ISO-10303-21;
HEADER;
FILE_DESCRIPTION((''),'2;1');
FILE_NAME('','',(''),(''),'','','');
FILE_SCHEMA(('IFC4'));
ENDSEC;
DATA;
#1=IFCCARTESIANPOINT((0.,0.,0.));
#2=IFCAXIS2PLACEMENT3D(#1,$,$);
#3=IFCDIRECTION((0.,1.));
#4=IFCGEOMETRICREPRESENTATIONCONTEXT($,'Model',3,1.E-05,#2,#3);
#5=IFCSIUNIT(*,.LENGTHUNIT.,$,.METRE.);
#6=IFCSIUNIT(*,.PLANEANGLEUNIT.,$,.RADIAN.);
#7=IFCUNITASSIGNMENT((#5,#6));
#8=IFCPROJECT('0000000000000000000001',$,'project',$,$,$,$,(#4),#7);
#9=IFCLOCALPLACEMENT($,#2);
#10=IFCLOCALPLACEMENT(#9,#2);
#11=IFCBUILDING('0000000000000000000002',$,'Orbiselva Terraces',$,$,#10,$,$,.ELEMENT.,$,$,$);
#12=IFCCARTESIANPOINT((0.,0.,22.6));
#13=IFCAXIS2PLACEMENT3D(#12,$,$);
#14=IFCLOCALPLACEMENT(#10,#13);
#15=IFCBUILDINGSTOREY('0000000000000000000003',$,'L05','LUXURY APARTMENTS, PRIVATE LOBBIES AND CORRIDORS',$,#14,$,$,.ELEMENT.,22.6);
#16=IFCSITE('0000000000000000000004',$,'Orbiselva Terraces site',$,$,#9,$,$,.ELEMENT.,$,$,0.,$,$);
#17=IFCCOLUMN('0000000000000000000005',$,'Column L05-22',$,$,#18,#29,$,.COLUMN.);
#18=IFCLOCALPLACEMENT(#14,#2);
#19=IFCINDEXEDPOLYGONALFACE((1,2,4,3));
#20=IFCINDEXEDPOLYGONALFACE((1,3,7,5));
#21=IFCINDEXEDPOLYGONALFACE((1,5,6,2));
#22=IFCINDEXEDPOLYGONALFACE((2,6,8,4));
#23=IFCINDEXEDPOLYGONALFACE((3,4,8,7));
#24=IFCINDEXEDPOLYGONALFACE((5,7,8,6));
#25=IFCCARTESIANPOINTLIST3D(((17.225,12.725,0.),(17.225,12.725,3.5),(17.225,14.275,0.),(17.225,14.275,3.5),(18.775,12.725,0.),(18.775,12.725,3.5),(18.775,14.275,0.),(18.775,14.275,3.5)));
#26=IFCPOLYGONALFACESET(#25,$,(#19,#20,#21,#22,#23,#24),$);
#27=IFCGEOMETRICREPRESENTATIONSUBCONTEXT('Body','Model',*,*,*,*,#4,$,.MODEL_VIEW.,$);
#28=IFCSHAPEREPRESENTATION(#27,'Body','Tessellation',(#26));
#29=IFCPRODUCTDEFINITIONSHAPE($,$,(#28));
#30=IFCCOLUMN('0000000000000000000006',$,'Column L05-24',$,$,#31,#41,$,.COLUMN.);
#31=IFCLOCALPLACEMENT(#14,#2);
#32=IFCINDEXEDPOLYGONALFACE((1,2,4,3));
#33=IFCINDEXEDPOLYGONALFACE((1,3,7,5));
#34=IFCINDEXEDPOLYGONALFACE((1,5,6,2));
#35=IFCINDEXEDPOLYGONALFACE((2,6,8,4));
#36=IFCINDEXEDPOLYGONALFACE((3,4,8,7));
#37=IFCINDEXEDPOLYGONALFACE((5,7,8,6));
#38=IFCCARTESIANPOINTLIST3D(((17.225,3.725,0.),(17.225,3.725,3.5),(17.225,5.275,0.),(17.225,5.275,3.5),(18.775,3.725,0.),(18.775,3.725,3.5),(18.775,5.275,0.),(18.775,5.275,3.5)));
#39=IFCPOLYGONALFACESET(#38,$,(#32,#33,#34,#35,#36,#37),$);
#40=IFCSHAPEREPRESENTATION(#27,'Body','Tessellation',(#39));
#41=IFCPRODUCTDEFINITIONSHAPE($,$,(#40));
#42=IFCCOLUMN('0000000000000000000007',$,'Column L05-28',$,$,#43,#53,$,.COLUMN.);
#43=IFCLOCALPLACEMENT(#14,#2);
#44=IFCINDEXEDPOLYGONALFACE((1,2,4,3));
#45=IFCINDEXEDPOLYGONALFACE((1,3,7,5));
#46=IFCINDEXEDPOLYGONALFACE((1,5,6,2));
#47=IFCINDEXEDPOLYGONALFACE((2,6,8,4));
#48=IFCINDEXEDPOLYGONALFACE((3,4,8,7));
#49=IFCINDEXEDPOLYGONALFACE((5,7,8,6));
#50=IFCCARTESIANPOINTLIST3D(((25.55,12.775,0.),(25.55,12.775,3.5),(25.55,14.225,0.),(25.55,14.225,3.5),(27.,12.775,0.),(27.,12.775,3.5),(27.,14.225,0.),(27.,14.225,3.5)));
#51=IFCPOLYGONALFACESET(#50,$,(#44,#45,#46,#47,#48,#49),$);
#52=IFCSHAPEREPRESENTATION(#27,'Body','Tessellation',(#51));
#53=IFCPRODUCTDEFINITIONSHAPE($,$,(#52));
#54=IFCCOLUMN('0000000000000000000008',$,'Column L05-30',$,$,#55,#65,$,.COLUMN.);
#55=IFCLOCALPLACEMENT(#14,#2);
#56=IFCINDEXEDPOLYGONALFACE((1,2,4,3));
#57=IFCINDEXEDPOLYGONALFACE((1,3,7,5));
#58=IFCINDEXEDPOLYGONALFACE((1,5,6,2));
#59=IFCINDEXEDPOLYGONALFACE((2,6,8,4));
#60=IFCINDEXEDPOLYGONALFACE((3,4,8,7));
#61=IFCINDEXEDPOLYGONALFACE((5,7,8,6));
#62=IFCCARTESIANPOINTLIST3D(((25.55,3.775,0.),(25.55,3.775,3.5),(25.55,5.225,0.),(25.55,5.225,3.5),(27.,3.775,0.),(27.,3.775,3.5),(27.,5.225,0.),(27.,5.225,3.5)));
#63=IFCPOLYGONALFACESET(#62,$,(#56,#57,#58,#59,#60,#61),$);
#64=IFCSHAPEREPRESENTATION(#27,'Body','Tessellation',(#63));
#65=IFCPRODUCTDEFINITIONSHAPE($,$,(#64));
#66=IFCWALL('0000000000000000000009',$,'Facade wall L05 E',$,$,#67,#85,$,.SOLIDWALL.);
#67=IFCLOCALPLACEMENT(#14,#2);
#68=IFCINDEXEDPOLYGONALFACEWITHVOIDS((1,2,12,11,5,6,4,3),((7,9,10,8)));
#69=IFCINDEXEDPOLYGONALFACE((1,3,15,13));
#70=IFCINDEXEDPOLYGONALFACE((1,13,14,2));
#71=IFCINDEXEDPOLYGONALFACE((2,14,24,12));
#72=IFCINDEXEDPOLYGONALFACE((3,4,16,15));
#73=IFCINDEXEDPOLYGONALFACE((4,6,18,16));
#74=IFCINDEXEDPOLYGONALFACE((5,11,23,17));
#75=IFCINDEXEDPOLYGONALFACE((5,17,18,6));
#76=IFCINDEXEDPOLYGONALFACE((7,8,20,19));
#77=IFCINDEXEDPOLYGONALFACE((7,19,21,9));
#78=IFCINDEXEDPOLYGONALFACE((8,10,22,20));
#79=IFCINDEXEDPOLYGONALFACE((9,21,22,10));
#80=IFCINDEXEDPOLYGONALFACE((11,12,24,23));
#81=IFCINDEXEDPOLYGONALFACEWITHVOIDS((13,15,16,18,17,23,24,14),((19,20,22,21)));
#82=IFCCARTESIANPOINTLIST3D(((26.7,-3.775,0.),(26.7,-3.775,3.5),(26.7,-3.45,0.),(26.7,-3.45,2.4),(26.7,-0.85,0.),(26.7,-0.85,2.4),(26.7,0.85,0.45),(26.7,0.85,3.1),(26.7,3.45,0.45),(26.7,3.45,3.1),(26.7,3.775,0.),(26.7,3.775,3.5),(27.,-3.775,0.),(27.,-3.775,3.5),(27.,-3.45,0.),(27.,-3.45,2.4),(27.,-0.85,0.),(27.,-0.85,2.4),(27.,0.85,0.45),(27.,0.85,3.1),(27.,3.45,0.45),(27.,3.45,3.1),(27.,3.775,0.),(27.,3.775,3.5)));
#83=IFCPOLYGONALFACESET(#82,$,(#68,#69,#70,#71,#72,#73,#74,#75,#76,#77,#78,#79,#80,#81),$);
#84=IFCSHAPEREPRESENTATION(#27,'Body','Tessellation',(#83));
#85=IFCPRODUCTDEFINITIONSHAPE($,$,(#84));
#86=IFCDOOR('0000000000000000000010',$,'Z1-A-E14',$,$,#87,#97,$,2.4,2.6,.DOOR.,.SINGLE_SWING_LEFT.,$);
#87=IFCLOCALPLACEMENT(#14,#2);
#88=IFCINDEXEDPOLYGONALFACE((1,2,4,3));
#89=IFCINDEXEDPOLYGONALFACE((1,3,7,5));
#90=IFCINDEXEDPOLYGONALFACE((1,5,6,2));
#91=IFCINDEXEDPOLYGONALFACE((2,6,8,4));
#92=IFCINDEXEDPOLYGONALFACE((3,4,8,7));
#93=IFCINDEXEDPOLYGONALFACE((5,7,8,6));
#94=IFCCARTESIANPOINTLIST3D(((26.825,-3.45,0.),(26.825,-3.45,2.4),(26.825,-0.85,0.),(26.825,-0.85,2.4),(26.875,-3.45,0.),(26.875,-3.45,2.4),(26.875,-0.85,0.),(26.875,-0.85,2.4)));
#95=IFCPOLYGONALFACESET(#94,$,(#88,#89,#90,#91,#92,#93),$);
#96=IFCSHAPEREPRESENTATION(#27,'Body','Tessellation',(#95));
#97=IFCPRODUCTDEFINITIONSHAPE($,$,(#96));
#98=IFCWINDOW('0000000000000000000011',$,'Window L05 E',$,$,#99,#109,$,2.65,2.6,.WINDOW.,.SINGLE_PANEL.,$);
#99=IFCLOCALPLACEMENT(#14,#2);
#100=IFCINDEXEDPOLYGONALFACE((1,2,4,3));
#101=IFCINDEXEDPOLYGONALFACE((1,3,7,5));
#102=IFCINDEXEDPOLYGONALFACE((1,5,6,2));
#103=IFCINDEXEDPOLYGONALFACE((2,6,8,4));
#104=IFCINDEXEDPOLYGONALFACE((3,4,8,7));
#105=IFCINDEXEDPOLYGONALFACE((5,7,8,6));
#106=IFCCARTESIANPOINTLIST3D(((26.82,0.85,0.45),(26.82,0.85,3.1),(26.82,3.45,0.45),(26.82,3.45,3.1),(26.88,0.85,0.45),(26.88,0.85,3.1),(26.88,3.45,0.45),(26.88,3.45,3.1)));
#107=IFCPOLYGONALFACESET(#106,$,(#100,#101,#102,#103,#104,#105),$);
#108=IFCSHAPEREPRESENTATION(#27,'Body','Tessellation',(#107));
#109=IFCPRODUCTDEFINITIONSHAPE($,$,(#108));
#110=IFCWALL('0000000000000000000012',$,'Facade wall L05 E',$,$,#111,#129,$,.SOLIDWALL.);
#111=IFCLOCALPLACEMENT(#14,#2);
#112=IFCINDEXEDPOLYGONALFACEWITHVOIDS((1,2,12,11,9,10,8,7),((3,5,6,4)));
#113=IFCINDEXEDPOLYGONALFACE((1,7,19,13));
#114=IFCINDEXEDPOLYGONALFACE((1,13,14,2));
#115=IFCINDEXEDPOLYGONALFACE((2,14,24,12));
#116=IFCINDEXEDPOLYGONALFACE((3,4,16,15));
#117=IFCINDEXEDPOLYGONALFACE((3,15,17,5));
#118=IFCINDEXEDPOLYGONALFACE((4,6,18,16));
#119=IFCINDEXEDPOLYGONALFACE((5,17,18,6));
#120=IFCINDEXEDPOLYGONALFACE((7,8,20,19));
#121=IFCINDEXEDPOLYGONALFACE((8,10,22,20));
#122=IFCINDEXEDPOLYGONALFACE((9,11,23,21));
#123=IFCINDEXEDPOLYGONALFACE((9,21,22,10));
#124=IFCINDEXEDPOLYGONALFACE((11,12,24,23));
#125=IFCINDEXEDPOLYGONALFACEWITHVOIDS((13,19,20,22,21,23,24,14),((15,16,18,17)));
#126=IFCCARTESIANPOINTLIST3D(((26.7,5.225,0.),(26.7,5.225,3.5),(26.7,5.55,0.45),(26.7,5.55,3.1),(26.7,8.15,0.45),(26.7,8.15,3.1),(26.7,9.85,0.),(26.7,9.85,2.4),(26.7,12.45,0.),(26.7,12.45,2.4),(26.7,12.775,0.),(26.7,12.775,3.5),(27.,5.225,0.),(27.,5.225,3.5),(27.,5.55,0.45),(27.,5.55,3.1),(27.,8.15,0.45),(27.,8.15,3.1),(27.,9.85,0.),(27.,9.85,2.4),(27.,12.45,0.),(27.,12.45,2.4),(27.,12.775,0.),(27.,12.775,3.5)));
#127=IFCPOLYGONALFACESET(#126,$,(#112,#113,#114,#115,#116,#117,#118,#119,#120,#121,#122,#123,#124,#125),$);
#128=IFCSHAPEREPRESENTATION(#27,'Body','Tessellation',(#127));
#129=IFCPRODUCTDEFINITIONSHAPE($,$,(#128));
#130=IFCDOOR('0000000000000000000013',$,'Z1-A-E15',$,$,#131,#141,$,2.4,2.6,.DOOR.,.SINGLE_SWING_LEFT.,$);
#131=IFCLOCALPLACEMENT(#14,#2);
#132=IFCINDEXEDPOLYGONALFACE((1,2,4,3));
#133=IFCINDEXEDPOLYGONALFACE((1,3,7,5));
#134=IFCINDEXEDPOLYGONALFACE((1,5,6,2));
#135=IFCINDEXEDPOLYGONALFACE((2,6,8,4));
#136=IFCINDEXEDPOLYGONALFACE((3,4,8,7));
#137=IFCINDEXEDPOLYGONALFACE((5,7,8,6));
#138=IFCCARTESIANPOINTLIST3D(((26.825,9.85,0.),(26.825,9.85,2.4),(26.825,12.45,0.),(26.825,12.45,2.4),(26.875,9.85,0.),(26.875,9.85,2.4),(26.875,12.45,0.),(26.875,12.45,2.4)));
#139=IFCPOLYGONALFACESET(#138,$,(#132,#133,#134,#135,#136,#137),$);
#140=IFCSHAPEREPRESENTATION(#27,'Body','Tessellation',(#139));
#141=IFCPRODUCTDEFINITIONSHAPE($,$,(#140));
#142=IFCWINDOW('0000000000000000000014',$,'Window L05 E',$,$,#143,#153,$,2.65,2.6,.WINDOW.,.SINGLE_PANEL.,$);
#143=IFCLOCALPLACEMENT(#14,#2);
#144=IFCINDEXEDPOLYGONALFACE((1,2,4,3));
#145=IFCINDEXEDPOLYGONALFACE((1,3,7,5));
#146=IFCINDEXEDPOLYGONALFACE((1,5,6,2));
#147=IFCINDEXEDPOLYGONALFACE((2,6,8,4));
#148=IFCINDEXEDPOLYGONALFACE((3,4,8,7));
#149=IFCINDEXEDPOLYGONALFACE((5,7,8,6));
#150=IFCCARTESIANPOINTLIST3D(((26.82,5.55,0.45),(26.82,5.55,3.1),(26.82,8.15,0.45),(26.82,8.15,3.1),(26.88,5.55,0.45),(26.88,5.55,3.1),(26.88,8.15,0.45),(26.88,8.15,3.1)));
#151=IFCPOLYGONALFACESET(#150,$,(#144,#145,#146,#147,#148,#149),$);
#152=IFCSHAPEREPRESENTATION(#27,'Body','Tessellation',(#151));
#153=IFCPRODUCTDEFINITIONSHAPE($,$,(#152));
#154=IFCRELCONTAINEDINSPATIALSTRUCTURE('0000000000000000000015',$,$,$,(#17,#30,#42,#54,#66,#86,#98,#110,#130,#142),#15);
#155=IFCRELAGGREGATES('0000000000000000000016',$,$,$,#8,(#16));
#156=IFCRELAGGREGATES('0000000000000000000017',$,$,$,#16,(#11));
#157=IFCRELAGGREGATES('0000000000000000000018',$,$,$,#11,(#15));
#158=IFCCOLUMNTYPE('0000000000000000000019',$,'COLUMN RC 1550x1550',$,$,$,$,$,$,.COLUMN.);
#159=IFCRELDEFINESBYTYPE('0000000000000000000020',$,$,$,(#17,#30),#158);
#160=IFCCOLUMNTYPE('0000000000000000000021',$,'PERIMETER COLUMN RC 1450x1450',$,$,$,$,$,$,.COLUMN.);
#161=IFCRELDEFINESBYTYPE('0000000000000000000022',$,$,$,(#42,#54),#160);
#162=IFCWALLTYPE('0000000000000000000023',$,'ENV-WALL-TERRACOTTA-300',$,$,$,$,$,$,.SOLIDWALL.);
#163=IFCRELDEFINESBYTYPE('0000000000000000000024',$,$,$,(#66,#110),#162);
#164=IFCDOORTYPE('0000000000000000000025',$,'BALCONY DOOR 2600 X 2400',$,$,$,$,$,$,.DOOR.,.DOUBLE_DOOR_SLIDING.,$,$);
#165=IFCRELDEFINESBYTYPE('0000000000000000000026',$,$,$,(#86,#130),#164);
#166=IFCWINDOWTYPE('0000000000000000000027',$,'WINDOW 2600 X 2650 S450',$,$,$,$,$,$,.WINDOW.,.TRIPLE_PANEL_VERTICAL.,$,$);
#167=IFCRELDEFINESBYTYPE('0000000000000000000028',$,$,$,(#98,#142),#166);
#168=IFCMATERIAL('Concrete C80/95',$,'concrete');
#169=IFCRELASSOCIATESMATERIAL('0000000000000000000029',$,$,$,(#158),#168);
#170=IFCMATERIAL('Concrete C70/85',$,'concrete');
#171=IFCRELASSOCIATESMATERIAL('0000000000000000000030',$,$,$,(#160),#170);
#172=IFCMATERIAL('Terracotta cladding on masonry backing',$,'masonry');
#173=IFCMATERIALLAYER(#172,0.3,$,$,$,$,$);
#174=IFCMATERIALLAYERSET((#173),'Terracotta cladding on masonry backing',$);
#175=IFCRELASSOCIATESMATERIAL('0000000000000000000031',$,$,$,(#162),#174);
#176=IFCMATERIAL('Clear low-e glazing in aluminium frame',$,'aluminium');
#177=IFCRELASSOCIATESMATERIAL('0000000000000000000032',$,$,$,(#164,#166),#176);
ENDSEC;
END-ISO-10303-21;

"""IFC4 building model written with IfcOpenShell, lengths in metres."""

from ifc_helpers import new_model, si_unit, direction, frame, frame_2d, origin, origin_2d, place, context, subcontext, project, spatial, rectangle, extrude, material, layer, layer_set, material_profile, profile_set, type_object, element, fill, save


model = new_model("IFC4")

# Units and contexts
model_context = context("Model", 3, precision=1e-05, world=origin(), true_north=direction((0.0, 1.0)))
body_context = subcontext(model_context, "Body", "Model", "MODEL_VIEW")
ifc_project = project(units=[si_unit("LENGTHUNIT", "METRE"), si_unit("PLANEANGLEUNIT", "RADIAN")], contexts=[model_context])

# Site, building, storey
site_placement = place(None, origin())
site = spatial("IfcSite", under=ifc_project, at=site_placement, Name="Orbiselva Terraces site", CompositionType="ELEMENT", RefElevation=0.0)
building_placement = place(site_placement, origin())
building = spatial("IfcBuilding", under=site, at=building_placement, Name="Orbiselva Terraces", CompositionType="ELEMENT")
storey_placement = place(building_placement, frame((0.0, 0.0, 22.6)))
storey = spatial("IfcBuildingStorey", under=building, at=storey_placement, Name="L05", Description="LUXURY APARTMENTS, PRIVATE LOBBIES AND CORRIDORS", CompositionType="ELEMENT", Elevation=22.6)

# Columns
ifc_material_1 = material(Name="Concrete C80/95", Category="concrete")
ifc_material_profile_1 = material_profile(ifc_material_1, rectangle(XDim=1.55, YDim=1.55, at=origin_2d()), Name="RC 1550x1550")
ifc_profile_set_1 = profile_set([ifc_material_profile_1], Name="Concrete C80/95")
column_type_1 = type_object("IfcColumnType", Name="COLUMN RC 1550x1550", PredefinedType="COLUMN", material=ifc_profile_set_1)
for number, where, z_axis, x_axis, name in (
    (1, (18.0, 13.5, 0.0), (0.0, 0.0, 1.0), (1.0, 0.0, 0.0), "Column L05-22"),
    (2, (18.0, 4.5, 0.0), (0.0, 0.0, 1.0), (1.0, 0.0, 0.0), "Column L05-24"),
):
    element("IfcColumn", number, at=place(storey_placement, frame(where, z_axis=z_axis, x_axis=x_axis)), inside=storey, type_object=column_type_1, Name=name, PredefinedType="COLUMN", context=body_context, shape_type="SweptSolid", body=[
        extrude(rectangle(XDim=1.55, YDim=1.55, at=origin_2d()), origin(), (0.0, 0.0, 1.0), 3.5),
    ])
ifc_material_2 = material(Name="Concrete C70/85", Category="concrete")
ifc_material_profile_2 = material_profile(ifc_material_2, rectangle(XDim=1.45, YDim=1.45, at=origin_2d()), Name="RC 1450x1450")
ifc_profile_set_2 = profile_set([ifc_material_profile_2], Name="Concrete C70/85")
column_type_2 = type_object("IfcColumnType", Name="PERIMETER COLUMN RC 1450x1450", PredefinedType="COLUMN", material=ifc_profile_set_2)
for number, where, z_axis, x_axis, name in (
    (3, (26.275, 13.5, 0.0), (0.0, 0.0, 1.0), (1.0, 0.0, 0.0), "Column L05-28"),
    (4, (26.275, 4.5, 0.0), (0.0, 0.0, 1.0), (1.0, 0.0, 0.0), "Column L05-30"),
):
    element("IfcColumn", number, at=place(storey_placement, frame(where, z_axis=z_axis, x_axis=x_axis)), inside=storey, type_object=column_type_2, Name=name, PredefinedType="COLUMN", context=body_context, shape_type="SweptSolid", body=[
        extrude(rectangle(XDim=1.45, YDim=1.45, at=origin_2d()), origin(), (0.0, 0.0, 1.0), 3.5),
    ])

# Walls, openings, doors, windows
ifc_material_3 = material(Name="Terracotta cladding on masonry backing", Category="masonry")
ifc_layer_1 = layer(ifc_material_3, 0.3)
ifc_layer_set_1 = layer_set([ifc_layer_1], Name="Terracotta cladding on masonry backing")
wall_type_1 = type_object("IfcWallType", Name="ENV-WALL-TERRACOTTA-300", PredefinedType="SOLIDWALL", material=ifc_layer_set_1)
wall_1_placement = place(storey_placement, frame((26.85, 3.775, 0.0), z_axis=(0.0, 0.0, 1.0), x_axis=(0.0, -1.0, 0.0)))
wall_1 = element("IfcWall", 5, at=wall_1_placement, inside=storey, type_object=wall_type_1, Name="Facade wall L05 E", PredefinedType="SOLIDWALL", context=body_context, shape_type="SweptSolid", body=[
    extrude(rectangle(XDim=7.55, YDim=0.3, at=frame_2d((3.775, 0.0))), origin(), (0.0, 0.0, 1.0), 3.5),
])
opening_1_placement = place(wall_1_placement, frame((4.625, 0.0, 0.0)))
opening_1 = element("IfcOpeningElement", 6, at=opening_1_placement, cuts=wall_1, PredefinedType="OPENING", context=body_context, shape_type="SweptSolid", body=[
    extrude(rectangle(XDim=2.6, YDim=2.4, at=frame_2d((1.3, 1.2))), frame((0.0, 0.16, 0.0), z_axis=(0.0, -1.0, 0.0), x_axis=(1.0, 0.0, 0.0)), (0.0, 0.0, 1.0), 0.32),
])
opening_2_placement = place(wall_1_placement, frame((0.325, 0.0, 0.45)))
opening_2 = element("IfcOpeningElement", 7, at=opening_2_placement, cuts=wall_1, PredefinedType="OPENING", context=body_context, shape_type="SweptSolid", body=[
    extrude(rectangle(XDim=2.6, YDim=2.65, at=frame_2d((1.3, 1.325))), frame((0.0, 0.16, 0.0), z_axis=(0.0, -1.0, 0.0), x_axis=(1.0, 0.0, 0.0)), (0.0, 0.0, 1.0), 0.32),
])
ifc_material_4 = material(Name="Clear low-e glazing in aluminium frame", Category="aluminium")
door_type_1 = type_object("IfcDoorType", Name="BALCONY DOOR 2600 X 2400", OperationType="DOUBLE_DOOR_SLIDING", PredefinedType="DOOR", material=ifc_material_4)
door_1_placement = place(opening_1_placement, origin())
door_1 = element("IfcDoor", 8, at=door_1_placement, inside=storey, type_object=door_type_1, Name="Z1-A-E14", OperationType="SINGLE_SWING_LEFT", OverallHeight=2.4, OverallWidth=2.6, PredefinedType="DOOR", context=body_context, shape_type="SweptSolid", body=[
    extrude(rectangle(XDim=2.6, YDim=2.4, at=frame_2d((1.3, 1.2))), frame((0.0, 0.025, 0.0), z_axis=(0.0, -1.0, 0.0), x_axis=(1.0, 0.0, 0.0)), (0.0, 0.0, 1.0), 0.05),
])
fill(opening_1, door_1)
window_type = type_object("IfcWindowType", Name="WINDOW 2600 X 2650 S450", PartitioningType="TRIPLE_PANEL_VERTICAL", PredefinedType="WINDOW", material=ifc_material_4)
window_1_placement = place(opening_2_placement, origin())
window_1 = element("IfcWindow", 9, at=window_1_placement, inside=storey, type_object=window_type, Name="Window L05 E", OverallHeight=2.65, OverallWidth=2.6, PartitioningType="SINGLE_PANEL", PredefinedType="WINDOW", context=body_context, shape_type="SweptSolid", body=[
    extrude(rectangle(XDim=2.6, YDim=2.65, at=frame_2d((1.3, 1.325))), frame((0.0, 0.03, 0.0), z_axis=(0.0, -1.0, 0.0), x_axis=(1.0, 0.0, 0.0)), (0.0, 0.0, 1.0), 0.06),
])
fill(opening_2, window_1)
wall_2_placement = place(storey_placement, frame((26.85, 12.775, 0.0), z_axis=(0.0, 0.0, 1.0), x_axis=(0.0, -1.0, 0.0)))
wall_2 = element("IfcWall", 10, at=wall_2_placement, inside=storey, type_object=wall_type_1, Name="Facade wall L05 E", PredefinedType="SOLIDWALL", context=body_context, shape_type="SweptSolid", body=[
    extrude(rectangle(XDim=7.55, YDim=0.3, at=frame_2d((3.775, 0.0))), origin(), (0.0, 0.0, 1.0), 3.5),
])
opening_3_placement = place(wall_2_placement, frame((4.625, 0.0, 0.45)))
opening_3 = element("IfcOpeningElement", 11, at=opening_3_placement, cuts=wall_2, PredefinedType="OPENING", context=body_context, shape_type="SweptSolid", body=[
    extrude(rectangle(XDim=2.6, YDim=2.65, at=frame_2d((1.3, 1.325))), frame((0.0, 0.16, 0.0), z_axis=(0.0, -1.0, 0.0), x_axis=(1.0, 0.0, 0.0)), (0.0, 0.0, 1.0), 0.32),
])
opening_4_placement = place(wall_2_placement, frame((0.325, 0.0, 0.0)))
opening_4 = element("IfcOpeningElement", 12, at=opening_4_placement, cuts=wall_2, PredefinedType="OPENING", context=body_context, shape_type="SweptSolid", body=[
    extrude(rectangle(XDim=2.6, YDim=2.4, at=frame_2d((1.3, 1.2))), frame((0.0, 0.16, 0.0), z_axis=(0.0, -1.0, 0.0), x_axis=(1.0, 0.0, 0.0)), (0.0, 0.0, 1.0), 0.32),
])
door_2_placement = place(opening_4_placement, origin())
door_2 = element("IfcDoor", 13, at=door_2_placement, inside=storey, type_object=door_type_1, Name="Z1-A-E15", OperationType="SINGLE_SWING_LEFT", OverallHeight=2.4, OverallWidth=2.6, PredefinedType="DOOR", context=body_context, shape_type="SweptSolid", body=[
    extrude(rectangle(XDim=2.6, YDim=2.4, at=frame_2d((1.3, 1.2))), frame((0.0, 0.025, 0.0), z_axis=(0.0, -1.0, 0.0), x_axis=(1.0, 0.0, 0.0)), (0.0, 0.0, 1.0), 0.05),
])
fill(opening_4, door_2)
window_2_placement = place(opening_3_placement, origin())
window_2 = element("IfcWindow", 14, at=window_2_placement, inside=storey, type_object=window_type, Name="Window L05 E", OverallHeight=2.65, OverallWidth=2.6, PartitioningType="SINGLE_PANEL", PredefinedType="WINDOW", context=body_context, shape_type="SweptSolid", body=[
    extrude(rectangle(XDim=2.6, YDim=2.65, at=frame_2d((1.3, 1.325))), frame((0.0, 0.03, 0.0), z_axis=(0.0, -1.0, 0.0), x_axis=(1.0, 0.0, 0.0)), (0.0, 0.0, 1.0), 0.06),
])
fill(opening_3, window_2)

save(model, "model.ifc")
